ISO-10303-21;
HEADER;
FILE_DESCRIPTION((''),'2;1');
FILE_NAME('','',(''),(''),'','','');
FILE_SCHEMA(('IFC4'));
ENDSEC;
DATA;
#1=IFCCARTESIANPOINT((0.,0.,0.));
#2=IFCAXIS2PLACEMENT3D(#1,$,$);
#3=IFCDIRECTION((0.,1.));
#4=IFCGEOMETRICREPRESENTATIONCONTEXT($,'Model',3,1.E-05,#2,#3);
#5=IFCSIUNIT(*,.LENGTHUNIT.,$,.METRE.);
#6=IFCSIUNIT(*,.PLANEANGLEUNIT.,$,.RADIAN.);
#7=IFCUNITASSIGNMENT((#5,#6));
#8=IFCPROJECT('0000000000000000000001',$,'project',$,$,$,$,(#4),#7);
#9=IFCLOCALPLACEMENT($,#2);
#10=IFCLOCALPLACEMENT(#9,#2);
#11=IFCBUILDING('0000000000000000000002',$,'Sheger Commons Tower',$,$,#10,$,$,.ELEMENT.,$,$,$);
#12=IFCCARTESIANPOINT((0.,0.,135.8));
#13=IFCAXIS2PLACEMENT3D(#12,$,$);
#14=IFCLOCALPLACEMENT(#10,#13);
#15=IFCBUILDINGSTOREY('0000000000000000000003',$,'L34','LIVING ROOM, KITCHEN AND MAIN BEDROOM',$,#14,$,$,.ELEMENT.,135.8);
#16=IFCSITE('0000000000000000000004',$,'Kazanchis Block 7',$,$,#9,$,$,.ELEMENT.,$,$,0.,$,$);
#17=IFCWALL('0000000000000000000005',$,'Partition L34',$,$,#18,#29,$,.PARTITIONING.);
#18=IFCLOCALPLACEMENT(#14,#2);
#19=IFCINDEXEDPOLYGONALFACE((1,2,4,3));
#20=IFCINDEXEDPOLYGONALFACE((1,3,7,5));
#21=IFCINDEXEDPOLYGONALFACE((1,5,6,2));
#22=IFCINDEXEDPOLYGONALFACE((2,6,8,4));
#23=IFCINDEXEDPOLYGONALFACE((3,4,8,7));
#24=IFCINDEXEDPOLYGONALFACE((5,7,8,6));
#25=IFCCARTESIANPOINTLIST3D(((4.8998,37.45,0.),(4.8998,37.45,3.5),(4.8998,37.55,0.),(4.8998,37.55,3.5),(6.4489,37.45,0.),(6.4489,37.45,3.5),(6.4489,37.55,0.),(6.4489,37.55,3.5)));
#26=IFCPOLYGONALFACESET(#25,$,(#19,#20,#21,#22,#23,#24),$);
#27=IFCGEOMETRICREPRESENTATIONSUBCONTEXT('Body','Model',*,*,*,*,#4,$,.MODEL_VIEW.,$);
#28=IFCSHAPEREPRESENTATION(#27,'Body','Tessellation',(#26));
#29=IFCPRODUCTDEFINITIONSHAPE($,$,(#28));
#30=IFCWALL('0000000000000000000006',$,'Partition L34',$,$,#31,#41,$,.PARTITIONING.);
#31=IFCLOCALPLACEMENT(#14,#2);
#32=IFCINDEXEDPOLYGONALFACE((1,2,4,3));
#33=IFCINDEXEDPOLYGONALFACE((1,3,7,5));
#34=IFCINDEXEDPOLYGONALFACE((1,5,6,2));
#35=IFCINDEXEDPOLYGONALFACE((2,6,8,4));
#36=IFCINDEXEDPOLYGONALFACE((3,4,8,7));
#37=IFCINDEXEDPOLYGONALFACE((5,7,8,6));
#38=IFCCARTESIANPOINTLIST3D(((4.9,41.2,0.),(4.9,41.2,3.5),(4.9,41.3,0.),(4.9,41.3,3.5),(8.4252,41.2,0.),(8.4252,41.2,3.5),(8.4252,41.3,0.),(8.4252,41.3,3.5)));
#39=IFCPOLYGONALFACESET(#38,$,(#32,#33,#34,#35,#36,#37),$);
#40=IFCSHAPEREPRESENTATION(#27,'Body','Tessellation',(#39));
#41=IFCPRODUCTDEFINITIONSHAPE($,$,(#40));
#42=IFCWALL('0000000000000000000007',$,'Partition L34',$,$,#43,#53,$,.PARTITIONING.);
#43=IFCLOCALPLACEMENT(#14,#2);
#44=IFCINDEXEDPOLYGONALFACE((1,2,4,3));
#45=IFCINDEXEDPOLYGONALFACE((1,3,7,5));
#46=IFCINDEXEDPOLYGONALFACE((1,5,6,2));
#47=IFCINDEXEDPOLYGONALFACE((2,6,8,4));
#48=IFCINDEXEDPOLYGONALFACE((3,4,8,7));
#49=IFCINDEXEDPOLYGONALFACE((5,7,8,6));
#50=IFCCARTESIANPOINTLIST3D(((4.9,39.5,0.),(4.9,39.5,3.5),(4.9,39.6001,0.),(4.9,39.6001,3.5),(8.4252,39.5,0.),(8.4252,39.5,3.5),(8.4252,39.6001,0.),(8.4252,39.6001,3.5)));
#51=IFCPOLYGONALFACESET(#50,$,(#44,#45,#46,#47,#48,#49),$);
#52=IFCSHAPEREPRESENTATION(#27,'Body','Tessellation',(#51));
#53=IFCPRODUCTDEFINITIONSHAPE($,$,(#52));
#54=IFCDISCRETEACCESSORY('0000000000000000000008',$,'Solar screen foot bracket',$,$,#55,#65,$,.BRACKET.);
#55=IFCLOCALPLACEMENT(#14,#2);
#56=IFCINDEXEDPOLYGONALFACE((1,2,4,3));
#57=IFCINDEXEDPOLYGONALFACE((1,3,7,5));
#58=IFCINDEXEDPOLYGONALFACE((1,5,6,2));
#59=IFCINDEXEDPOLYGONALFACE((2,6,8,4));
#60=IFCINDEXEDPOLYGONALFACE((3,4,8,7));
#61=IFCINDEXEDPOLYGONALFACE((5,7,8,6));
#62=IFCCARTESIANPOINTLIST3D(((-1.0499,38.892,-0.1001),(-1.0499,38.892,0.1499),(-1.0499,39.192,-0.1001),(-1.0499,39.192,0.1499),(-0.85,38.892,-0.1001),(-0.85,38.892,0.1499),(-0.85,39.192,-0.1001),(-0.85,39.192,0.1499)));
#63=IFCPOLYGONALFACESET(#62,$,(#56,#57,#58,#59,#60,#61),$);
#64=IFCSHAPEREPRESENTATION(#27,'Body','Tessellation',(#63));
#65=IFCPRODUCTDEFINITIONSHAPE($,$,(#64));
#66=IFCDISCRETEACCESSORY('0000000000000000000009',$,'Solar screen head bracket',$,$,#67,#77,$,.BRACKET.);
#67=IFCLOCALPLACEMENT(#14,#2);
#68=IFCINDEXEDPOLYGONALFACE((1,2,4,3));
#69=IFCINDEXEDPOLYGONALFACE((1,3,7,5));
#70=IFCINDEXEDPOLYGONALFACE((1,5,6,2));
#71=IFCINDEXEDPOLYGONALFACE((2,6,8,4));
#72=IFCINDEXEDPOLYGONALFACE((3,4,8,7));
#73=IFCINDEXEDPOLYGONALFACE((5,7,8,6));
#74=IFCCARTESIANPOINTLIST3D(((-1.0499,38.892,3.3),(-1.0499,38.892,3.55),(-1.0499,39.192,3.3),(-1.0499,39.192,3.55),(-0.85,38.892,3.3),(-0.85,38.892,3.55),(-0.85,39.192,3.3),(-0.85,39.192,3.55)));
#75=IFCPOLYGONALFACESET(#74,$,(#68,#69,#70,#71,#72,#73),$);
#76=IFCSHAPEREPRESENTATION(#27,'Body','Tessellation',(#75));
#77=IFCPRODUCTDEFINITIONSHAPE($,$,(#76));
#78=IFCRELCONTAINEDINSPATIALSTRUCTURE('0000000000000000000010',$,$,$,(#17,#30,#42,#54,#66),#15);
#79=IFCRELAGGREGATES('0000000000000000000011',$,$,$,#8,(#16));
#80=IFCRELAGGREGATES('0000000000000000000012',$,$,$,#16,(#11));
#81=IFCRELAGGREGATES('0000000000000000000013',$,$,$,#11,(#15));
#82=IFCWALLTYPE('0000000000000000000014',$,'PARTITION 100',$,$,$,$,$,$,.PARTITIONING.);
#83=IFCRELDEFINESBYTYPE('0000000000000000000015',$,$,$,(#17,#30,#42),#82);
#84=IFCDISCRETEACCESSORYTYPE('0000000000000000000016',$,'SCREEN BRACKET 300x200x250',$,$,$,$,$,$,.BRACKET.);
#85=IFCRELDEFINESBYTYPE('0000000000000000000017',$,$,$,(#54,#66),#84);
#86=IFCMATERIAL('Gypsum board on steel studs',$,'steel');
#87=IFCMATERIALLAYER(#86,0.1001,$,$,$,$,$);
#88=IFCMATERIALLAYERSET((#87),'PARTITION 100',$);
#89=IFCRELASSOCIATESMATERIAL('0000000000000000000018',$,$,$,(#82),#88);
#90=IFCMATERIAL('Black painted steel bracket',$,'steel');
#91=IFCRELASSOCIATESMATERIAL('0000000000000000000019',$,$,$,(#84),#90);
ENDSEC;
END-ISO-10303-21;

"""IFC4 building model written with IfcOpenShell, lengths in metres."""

from ifc_helpers import new_model, si_unit, direction, frame, frame_2d, origin, origin_2d, place, context, subcontext, project, spatial, rectangle, extrude, material, layer, layer_set, type_object, element, save


model = new_model("IFC4")

# Units and contexts
model_context = context("Model", 3, precision=1e-05, world=origin(), true_north=direction((0.0, 1.0)))
body_context = subcontext(model_context, "Body", "Model", "MODEL_VIEW")
ifc_project = project(units=[si_unit("LENGTHUNIT", "METRE"), si_unit("PLANEANGLEUNIT", "RADIAN")], contexts=[model_context])

# Site, building, storey
site_placement = place(None, origin())
site = spatial("IfcSite", under=ifc_project, at=site_placement, Name="Kazanchis Block 7", CompositionType="ELEMENT", RefElevation=0.0)
building_placement = place(site_placement, origin())
building = spatial("IfcBuilding", under=site, at=building_placement, Name="Sheger Commons Tower", CompositionType="ELEMENT")
storey_placement = place(building_placement, frame((0.0, 0.0, 135.8)))
storey = spatial("IfcBuildingStorey", under=building, at=storey_placement, Name="L34", Description="LIVING ROOM, KITCHEN AND MAIN BEDROOM", CompositionType="ELEMENT", Elevation=135.8)

# Shared definitions
ifc_material_1 = material(Name="Gypsum board on steel studs", Category="steel")
ifc_layer_1 = layer(ifc_material_1, 0.1001)
ifc_layer_set_1 = layer_set([ifc_layer_1], Name="PARTITION 100")
wall_type = type_object("IfcWallType", Name="PARTITION 100", PredefinedType="PARTITIONING", material=ifc_layer_set_1)

# Walls
wall_1_placement = place(storey_placement, frame((4.8999, 37.5, 0.0), z_axis=(0.0, 0.0, 1.0), x_axis=(1.0, 0.0, 0.0)))
element("IfcWall", 1, at=wall_1_placement, inside=storey, type_object=wall_type, Name="Partition L34", PredefinedType="PARTITIONING", context=body_context, shape_type="SweptSolid", body=[
    extrude(rectangle(XDim=1.5491, YDim=0.1001, at=frame_2d((0.7744, 0.0))), origin(), (0.0, 0.0, 1.0), 3.5),
])
for number, where, z_axis, x_axis, name in (
    (2, (4.8999, 41.25, 0.0), (0.0, 0.0, 1.0), (1.0, 0.0, 0.0), "Partition L34"),
    (3, (4.8999, 39.55, 0.0), (0.0, 0.0, 1.0), (1.0, 0.0, 0.0), "Partition L34"),
):
    element("IfcWall", number, at=place(storey_placement, frame(where, z_axis=z_axis, x_axis=x_axis)), inside=storey, type_object=wall_type, Name=name, PredefinedType="PARTITIONING", context=body_context, shape_type="SweptSolid", body=[
        extrude(rectangle(XDim=3.5251, YDim=0.1001, at=frame_2d((1.7627, 0.0))), origin(), (0.0, 0.0, 1.0), 3.5),
    ])

# Discrete accessories
ifc_material_2 = material(Name="Black painted steel bracket", Category="steel")
discrete_accessory_type = type_object("IfcDiscreteAccessoryType", Name="SCREEN BRACKET 300x200x250", PredefinedType="BRACKET", material=ifc_material_2)
for number, where, z_axis, x_axis, name in (
    (4, (-0.95, 39.042, -0.1001), (0.0, 0.0, 1.0), (0.0, -1.0, 0.0), "Solar screen foot bracket"),
    (5, (-0.95, 39.042, 3.3), (0.0, 0.0, 1.0), (0.0, -1.0, 0.0), "Solar screen head bracket"),
):
    element("IfcDiscreteAccessory", number, at=place(storey_placement, frame(where, z_axis=z_axis, x_axis=x_axis)), inside=storey, type_object=discrete_accessory_type, Name=name, PredefinedType="BRACKET", context=body_context, shape_type="SweptSolid", body=[
        extrude(rectangle(XDim=0.3, YDim=0.2, at=origin_2d()), origin(), (0.0, 0.0, 1.0), 0.25),
    ])

save(model, "model.ifc")
